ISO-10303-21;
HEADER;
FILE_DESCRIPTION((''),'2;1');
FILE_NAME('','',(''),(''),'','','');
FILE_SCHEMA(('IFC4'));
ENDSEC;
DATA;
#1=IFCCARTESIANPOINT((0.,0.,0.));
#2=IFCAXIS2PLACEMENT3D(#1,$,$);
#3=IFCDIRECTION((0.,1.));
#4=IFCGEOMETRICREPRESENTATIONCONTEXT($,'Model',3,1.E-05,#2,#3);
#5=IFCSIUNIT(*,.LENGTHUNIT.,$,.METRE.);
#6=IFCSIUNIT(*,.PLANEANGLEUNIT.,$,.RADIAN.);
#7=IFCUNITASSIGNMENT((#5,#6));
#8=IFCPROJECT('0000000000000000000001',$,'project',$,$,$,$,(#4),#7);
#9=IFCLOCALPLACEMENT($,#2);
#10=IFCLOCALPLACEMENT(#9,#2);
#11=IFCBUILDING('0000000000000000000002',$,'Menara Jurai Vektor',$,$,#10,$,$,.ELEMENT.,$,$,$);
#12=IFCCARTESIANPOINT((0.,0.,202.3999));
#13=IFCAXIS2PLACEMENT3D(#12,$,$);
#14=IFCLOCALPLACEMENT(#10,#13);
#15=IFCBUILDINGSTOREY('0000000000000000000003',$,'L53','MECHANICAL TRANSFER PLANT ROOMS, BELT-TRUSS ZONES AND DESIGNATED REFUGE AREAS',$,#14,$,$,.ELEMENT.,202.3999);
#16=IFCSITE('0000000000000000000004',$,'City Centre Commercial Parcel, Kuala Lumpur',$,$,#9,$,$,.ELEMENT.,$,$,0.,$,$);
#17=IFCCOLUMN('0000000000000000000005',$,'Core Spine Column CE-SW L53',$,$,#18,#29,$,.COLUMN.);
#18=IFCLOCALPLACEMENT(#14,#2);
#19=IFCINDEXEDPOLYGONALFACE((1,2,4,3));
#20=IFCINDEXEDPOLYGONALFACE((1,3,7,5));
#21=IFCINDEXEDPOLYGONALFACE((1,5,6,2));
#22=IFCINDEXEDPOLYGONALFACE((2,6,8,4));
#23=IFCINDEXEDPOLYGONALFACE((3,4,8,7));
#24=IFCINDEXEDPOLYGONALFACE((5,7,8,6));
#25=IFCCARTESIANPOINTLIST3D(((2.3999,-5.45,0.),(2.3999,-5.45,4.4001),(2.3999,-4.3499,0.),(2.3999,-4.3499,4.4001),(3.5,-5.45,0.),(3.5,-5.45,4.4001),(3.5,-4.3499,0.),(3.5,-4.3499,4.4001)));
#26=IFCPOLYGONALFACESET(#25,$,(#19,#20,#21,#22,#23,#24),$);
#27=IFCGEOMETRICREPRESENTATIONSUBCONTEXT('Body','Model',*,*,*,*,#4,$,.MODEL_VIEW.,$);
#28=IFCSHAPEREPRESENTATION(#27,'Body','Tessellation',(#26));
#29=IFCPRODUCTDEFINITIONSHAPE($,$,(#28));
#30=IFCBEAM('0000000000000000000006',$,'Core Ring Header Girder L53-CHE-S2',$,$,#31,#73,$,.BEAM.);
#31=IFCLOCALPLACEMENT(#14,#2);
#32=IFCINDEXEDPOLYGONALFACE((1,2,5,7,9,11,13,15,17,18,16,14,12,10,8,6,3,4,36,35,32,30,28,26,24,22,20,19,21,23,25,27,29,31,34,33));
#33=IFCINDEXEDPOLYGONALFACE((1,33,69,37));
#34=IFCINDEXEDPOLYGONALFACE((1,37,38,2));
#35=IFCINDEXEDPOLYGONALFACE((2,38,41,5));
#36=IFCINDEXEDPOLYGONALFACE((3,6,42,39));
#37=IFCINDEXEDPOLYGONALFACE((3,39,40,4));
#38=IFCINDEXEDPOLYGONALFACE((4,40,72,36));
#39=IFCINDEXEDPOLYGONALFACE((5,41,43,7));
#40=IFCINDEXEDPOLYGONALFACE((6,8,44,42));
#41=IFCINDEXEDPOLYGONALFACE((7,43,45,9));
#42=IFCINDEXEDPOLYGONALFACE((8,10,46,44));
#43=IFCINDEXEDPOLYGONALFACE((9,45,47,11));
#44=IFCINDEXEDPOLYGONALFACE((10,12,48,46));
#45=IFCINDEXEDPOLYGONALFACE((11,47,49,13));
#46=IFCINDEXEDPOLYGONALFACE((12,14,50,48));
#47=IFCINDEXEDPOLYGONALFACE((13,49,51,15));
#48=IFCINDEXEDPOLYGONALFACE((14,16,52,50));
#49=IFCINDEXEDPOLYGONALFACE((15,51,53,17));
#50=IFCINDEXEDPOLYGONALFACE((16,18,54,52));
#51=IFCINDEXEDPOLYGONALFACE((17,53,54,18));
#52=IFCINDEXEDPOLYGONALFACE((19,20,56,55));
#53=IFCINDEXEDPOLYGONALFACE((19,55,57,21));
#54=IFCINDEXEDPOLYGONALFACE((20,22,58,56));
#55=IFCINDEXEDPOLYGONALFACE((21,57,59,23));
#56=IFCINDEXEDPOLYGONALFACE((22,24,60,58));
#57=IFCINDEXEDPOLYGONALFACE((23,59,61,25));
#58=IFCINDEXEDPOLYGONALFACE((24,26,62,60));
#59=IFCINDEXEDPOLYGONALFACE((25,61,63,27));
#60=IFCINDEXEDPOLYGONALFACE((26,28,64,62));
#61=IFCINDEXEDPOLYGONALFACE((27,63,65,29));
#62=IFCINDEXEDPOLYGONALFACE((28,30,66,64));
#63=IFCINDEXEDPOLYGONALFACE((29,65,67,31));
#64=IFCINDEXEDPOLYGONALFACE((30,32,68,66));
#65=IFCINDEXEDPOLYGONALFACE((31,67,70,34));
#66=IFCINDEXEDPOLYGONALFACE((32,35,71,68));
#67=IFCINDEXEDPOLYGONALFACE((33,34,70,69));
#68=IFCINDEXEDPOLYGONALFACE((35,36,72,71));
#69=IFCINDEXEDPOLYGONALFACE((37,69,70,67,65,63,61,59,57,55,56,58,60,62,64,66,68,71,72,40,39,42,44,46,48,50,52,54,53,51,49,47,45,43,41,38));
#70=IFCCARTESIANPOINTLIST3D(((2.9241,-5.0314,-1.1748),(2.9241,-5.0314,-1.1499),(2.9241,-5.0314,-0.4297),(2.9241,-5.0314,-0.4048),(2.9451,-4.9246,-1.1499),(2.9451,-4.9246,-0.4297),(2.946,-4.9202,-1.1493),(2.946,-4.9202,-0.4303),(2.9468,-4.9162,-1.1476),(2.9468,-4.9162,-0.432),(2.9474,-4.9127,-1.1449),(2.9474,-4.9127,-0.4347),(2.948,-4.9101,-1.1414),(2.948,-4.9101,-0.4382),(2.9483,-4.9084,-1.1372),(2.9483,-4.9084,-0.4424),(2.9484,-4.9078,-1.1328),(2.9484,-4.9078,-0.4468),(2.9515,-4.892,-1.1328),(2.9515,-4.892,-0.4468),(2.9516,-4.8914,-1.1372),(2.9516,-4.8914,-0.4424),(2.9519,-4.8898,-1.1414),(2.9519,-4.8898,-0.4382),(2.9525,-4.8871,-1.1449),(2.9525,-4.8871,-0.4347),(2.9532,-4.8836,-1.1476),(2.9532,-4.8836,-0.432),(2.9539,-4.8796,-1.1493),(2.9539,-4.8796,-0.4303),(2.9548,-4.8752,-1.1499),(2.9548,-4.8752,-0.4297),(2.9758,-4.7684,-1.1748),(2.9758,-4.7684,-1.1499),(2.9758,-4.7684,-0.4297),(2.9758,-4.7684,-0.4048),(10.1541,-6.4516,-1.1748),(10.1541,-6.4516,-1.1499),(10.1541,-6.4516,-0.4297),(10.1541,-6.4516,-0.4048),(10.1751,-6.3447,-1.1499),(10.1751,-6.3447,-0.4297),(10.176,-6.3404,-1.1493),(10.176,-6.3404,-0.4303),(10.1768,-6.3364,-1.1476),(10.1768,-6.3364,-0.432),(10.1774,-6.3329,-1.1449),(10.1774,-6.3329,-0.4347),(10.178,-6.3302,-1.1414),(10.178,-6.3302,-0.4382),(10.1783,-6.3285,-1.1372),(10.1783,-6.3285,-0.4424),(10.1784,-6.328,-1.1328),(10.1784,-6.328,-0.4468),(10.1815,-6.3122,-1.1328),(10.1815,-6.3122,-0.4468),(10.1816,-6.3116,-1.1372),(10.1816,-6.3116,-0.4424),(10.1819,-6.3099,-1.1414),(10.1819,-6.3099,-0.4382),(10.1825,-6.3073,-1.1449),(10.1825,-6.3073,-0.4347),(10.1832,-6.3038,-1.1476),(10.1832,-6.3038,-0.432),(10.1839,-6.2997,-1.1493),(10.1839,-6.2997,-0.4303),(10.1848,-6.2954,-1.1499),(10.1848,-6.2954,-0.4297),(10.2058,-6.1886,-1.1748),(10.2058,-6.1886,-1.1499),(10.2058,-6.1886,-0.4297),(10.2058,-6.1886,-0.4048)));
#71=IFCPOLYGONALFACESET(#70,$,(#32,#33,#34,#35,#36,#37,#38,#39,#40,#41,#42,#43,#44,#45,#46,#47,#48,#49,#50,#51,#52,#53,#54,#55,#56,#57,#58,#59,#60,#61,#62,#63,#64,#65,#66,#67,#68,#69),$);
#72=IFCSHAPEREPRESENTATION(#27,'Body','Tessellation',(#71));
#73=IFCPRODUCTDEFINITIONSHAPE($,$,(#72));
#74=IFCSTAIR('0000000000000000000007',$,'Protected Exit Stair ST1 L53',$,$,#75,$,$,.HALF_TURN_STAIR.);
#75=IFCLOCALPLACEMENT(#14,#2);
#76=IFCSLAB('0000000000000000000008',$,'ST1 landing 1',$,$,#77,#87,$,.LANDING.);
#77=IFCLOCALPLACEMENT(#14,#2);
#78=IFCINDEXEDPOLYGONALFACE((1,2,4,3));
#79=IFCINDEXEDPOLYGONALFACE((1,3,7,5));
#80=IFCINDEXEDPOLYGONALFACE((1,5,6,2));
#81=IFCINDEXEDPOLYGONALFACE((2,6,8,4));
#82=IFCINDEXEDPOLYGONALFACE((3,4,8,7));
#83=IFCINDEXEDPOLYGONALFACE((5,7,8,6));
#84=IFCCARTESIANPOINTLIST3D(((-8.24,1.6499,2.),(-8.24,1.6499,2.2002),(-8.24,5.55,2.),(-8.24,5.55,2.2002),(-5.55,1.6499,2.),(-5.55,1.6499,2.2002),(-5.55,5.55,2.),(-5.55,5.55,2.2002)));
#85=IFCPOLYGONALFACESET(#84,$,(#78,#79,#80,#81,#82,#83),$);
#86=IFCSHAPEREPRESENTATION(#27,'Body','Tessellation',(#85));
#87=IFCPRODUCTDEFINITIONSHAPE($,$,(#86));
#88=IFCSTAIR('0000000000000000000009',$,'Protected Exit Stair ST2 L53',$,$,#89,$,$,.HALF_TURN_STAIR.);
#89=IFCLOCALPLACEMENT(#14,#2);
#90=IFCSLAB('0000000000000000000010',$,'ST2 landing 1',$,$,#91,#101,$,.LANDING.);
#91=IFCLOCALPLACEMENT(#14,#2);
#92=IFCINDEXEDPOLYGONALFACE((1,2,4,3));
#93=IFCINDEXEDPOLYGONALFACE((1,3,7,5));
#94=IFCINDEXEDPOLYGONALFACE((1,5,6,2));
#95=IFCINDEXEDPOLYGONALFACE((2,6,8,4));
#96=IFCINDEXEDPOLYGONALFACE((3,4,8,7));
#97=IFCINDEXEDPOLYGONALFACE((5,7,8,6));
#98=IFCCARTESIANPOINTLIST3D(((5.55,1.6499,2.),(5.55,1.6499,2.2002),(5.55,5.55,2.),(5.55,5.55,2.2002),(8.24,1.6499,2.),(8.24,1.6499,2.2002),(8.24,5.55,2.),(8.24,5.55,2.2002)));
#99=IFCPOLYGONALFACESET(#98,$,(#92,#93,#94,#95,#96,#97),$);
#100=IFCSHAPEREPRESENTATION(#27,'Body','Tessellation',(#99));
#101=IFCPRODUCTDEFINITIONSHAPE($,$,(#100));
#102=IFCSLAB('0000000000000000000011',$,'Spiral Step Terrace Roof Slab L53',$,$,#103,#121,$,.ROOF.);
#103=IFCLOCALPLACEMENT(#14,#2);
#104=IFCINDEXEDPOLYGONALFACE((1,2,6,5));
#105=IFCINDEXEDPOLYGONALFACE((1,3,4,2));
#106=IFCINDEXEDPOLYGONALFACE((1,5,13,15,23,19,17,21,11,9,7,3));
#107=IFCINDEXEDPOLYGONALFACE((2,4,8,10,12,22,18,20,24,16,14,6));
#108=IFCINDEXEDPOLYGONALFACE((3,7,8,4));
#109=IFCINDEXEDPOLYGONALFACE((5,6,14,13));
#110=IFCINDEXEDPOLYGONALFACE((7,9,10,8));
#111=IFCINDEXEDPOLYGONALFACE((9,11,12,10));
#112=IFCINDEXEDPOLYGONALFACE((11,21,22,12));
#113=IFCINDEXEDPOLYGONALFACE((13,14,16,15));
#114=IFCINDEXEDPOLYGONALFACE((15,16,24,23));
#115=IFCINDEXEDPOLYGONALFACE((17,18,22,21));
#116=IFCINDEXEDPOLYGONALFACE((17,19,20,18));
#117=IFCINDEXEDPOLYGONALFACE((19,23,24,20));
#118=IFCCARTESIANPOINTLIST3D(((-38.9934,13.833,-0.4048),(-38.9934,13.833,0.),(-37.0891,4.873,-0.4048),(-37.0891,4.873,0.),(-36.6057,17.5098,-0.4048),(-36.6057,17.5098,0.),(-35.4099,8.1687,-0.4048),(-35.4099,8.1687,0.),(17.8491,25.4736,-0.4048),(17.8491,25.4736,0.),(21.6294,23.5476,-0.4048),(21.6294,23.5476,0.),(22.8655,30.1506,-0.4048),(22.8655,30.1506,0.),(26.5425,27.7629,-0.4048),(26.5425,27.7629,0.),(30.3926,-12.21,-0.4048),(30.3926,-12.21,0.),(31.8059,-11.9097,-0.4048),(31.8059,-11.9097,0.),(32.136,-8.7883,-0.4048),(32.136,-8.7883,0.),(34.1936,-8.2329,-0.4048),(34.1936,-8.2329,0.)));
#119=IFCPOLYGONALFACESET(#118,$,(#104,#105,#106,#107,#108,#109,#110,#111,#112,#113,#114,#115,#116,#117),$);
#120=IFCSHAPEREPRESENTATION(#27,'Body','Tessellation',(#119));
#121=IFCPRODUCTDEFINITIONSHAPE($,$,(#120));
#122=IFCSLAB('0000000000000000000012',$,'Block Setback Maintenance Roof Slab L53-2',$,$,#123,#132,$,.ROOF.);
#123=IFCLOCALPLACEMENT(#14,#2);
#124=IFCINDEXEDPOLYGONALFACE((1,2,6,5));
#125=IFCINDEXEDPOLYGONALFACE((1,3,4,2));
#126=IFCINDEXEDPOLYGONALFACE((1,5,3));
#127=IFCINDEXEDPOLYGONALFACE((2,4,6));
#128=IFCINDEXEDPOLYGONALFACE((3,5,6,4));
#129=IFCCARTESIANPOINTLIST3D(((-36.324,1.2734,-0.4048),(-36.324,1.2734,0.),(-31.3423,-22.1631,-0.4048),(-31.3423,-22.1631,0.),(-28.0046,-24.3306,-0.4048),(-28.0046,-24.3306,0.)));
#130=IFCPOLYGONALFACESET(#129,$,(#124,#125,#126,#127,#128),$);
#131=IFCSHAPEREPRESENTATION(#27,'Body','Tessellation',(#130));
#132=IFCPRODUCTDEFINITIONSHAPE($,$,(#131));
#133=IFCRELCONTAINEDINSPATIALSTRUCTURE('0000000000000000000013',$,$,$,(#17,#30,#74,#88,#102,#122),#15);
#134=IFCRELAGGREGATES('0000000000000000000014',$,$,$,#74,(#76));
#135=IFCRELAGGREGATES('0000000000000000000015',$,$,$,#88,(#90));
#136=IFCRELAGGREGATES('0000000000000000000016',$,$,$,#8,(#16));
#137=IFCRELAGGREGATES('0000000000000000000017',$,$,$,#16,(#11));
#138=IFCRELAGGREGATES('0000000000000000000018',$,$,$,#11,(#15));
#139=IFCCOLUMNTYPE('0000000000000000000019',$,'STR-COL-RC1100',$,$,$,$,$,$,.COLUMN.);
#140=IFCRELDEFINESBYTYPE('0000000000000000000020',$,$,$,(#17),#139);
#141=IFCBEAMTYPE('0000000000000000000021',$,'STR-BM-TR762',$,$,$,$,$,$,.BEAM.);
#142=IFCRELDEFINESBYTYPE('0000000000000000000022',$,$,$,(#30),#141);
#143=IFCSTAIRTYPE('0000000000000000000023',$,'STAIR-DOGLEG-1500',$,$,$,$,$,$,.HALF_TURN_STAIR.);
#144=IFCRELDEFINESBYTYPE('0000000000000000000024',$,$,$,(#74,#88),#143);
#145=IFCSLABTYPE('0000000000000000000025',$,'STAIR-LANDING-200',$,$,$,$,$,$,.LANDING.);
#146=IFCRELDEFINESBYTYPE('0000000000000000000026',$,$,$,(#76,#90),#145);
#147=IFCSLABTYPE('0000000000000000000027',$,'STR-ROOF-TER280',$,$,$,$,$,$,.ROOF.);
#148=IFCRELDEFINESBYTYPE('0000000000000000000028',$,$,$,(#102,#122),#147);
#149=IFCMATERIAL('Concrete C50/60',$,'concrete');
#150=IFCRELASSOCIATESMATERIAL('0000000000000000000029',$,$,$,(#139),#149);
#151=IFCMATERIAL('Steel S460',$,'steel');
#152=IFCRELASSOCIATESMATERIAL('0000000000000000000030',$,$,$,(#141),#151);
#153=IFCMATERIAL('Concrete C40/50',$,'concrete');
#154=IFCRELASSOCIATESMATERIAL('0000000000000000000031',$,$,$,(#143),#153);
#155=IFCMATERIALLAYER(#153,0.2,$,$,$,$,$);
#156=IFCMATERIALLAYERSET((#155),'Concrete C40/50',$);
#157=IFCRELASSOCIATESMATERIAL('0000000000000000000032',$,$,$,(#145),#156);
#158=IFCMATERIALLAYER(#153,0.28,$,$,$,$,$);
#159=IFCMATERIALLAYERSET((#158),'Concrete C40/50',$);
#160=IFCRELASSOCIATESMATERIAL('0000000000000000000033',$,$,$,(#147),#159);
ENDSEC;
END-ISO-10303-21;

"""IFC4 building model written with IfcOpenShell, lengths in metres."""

from ifc_helpers import new_model, si_unit, direction, frame, origin, origin_2d, place, context, subcontext, project, spatial, polyline, rectangle, i_section, outline, extrude, material, layer, layer_set, material_profile, profile_set, type_object, element, aggregate, save


model = new_model("IFC4")

# Units and contexts
model_context = context("Model", 3, precision=1e-05, world=origin(), true_north=direction((0.0, 1.0)))
body_context = subcontext(model_context, "Body", "Model", "MODEL_VIEW")
ifc_project = project(units=[si_unit("LENGTHUNIT", "METRE"), si_unit("PLANEANGLEUNIT", "RADIAN")], contexts=[model_context])

# Site, building, storey
site_placement = place(None, origin())
site = spatial("IfcSite", under=ifc_project, at=site_placement, Name="City Centre Commercial Parcel, Kuala Lumpur", CompositionType="ELEMENT", RefElevation=0.0)
building_placement = place(site_placement, origin())
building = spatial("IfcBuilding", under=site, at=building_placement, Name="Menara Jurai Vektor", CompositionType="ELEMENT")
storey_placement = place(building_placement, frame((0.0, 0.0, 202.3999)))
storey = spatial("IfcBuildingStorey", under=building, at=storey_placement, Name="L53", Description="MECHANICAL TRANSFER PLANT ROOMS, BELT-TRUSS ZONES AND DESIGNATED REFUGE AREAS", CompositionType="ELEMENT", Elevation=202.3999)

# Column
ifc_material_1 = material(Name="Concrete C50/60", Category="concrete")
ifc_material_profile_1 = material_profile(ifc_material_1, rectangle(XDim=1.1001, YDim=1.1001, at=origin_2d()), Name="RC 1100x1100")
ifc_profile_set_1 = profile_set([ifc_material_profile_1], Name="Concrete C50/60")
column_type = type_object("IfcColumnType", Name="STR-COL-RC1100", PredefinedType="COLUMN", material=ifc_profile_set_1)
column_placement = place(storey_placement, frame((2.95, -4.8999, 0.0), z_axis=(0.0, 0.0, 1.0), x_axis=(1.0, 0.0, 0.0)))
element("IfcColumn", 1, at=column_placement, inside=storey, type_object=column_type, Name="Core Spine Column CE-SW L53", PredefinedType="COLUMN", context=body_context, shape_type="SweptSolid", body=[
    extrude(rectangle(XDim=1.1001, YDim=1.1001, at=origin_2d()), origin(), (0.0, 0.0, 1.0), 4.4001),
])

# Beam
ifc_material_2 = material(Name="Steel S460", Category="steel")
ifc_material_profile_2 = material_profile(ifc_material_2, i_section(OverallWidth=0.2681, OverallDepth=0.77, WebThickness=0.0161, FlangeThickness=0.0249, FilletRadius=0.0171, at=origin_2d()), Name="UKB 762x267x197")
ifc_profile_set_2 = profile_set([ifc_material_profile_2], Name="Steel S460")
beam_type = type_object("IfcBeamType", Name="STR-BM-TR762", PredefinedType="BEAM", material=ifc_profile_set_2)
beam_placement = place(storey_placement, frame((2.95, -4.8999, -0.7898), z_axis=(0.981249, -0.192744, 0.0), x_axis=(0.192744, 0.981249, 0.0)))
element("IfcBeam", 2, at=beam_placement, inside=storey, type_object=beam_type, Name="Core Ring Header Girder L53-CHE-S2", PredefinedType="BEAM", context=body_context, shape_type="SweptSolid", body=[
    extrude(i_section(OverallWidth=0.2681, OverallDepth=0.77, WebThickness=0.0161, FlangeThickness=0.0249, FilletRadius=0.0171, at=origin_2d()), origin(), (0.0, 0.0, 1.0), 7.3682),
])

# Stairs, slabs
ifc_material_3 = material(Name="Concrete C40/50", Category="concrete")
stair_type = type_object("IfcStairType", Name="STAIR-DOGLEG-1500", PredefinedType="HALF_TURN_STAIR", material=ifc_material_3)
stair_1_placement = place(storey_placement, origin())
stair_1 = element("IfcStair", 3, at=stair_1_placement, inside=storey, type_object=stair_type, Name="Protected Exit Stair ST1 L53", PredefinedType="HALF_TURN_STAIR")
ifc_layer_1 = layer(ifc_material_3, 0.2)
ifc_layer_set_1 = layer_set([ifc_layer_1], Name="Concrete C40/50")
slab_type_1 = type_object("IfcSlabType", Name="STAIR-LANDING-200", PredefinedType="LANDING", material=ifc_layer_set_1)
slab_1_placement = place(storey_placement, frame((0.0, 0.0, 2.0)))
slab_1 = element("IfcSlab", 4, at=slab_1_placement, type_object=slab_type_1, Name="ST1 landing 1", PredefinedType="LANDING", context=body_context, shape_type="SweptSolid", body=[
    extrude(outline(polyline([(-8.24, 1.6499), (-5.55, 1.6499), (-5.55, 5.55), (-8.24, 5.55), (-8.24, 1.6499)])), origin(), (0.0, 0.0, 1.0), 0.2002),
])
aggregate(stair_1, [slab_1])
stair_2_placement = place(storey_placement, origin())
stair_2 = element("IfcStair", 5, at=stair_2_placement, inside=storey, type_object=stair_type, Name="Protected Exit Stair ST2 L53", PredefinedType="HALF_TURN_STAIR")
slab_2_placement = place(storey_placement, frame((0.0, 0.0, 2.0)))
slab_2 = element("IfcSlab", 6, at=slab_2_placement, type_object=slab_type_1, Name="ST2 landing 1", PredefinedType="LANDING", context=body_context, shape_type="SweptSolid", body=[
    extrude(outline(polyline([(5.55, 1.6499), (8.24, 1.6499), (8.24, 5.55), (5.55, 5.55), (5.55, 1.6499)])), origin(), (0.0, 0.0, 1.0), 0.2002),
])
aggregate(stair_2, [slab_2])

# Slabs
ifc_layer_2 = layer(ifc_material_3, 0.28)
ifc_layer_set_2 = layer_set([ifc_layer_2], Name="Concrete C40/50")
slab_type_2 = type_object("IfcSlabType", Name="STR-ROOF-TER280", PredefinedType="ROOF", material=ifc_layer_set_2)
slab_3_placement = place(storey_placement, frame((0.0, 0.0, -0.4048)))
element("IfcSlab", 7, at=slab_3_placement, inside=storey, type_object=slab_type_2, Name="Spiral Step Terrace Roof Slab L53", PredefinedType="ROOF", context=body_context, shape_type="SweptSolid", body=[
    extrude(outline(polyline([(-37.0891, 4.873), (-35.4099, 8.1687), (17.8491, 25.4736), (21.6294, 23.5476), (32.136, -8.7883), (30.3926, -12.21), (31.8059, -11.9097), (34.1936, -8.2329), (26.5425, 27.7629), (22.8655, 30.1506), (-36.6057, 17.5098), (-38.9934, 13.833), (-37.0891, 4.873)])), origin(), (0.0, 0.0, 1.0), 0.4048),
])
slab_4_placement = place(storey_placement, frame((0.0, 0.0, -0.4048)))
element("IfcSlab", 8, at=slab_4_placement, inside=storey, type_object=slab_type_2, Name="Block Setback Maintenance Roof Slab L53-2", PredefinedType="ROOF", context=body_context, shape_type="SweptSolid", body=[
    extrude(outline(polyline([(-28.0046, -24.3306), (-36.324, 1.2734), (-31.3423, -22.1631), (-28.0046, -24.3306)])), origin(), (0.0, 0.0, 1.0), 0.4048),
])

save(model, "model.ifc")
